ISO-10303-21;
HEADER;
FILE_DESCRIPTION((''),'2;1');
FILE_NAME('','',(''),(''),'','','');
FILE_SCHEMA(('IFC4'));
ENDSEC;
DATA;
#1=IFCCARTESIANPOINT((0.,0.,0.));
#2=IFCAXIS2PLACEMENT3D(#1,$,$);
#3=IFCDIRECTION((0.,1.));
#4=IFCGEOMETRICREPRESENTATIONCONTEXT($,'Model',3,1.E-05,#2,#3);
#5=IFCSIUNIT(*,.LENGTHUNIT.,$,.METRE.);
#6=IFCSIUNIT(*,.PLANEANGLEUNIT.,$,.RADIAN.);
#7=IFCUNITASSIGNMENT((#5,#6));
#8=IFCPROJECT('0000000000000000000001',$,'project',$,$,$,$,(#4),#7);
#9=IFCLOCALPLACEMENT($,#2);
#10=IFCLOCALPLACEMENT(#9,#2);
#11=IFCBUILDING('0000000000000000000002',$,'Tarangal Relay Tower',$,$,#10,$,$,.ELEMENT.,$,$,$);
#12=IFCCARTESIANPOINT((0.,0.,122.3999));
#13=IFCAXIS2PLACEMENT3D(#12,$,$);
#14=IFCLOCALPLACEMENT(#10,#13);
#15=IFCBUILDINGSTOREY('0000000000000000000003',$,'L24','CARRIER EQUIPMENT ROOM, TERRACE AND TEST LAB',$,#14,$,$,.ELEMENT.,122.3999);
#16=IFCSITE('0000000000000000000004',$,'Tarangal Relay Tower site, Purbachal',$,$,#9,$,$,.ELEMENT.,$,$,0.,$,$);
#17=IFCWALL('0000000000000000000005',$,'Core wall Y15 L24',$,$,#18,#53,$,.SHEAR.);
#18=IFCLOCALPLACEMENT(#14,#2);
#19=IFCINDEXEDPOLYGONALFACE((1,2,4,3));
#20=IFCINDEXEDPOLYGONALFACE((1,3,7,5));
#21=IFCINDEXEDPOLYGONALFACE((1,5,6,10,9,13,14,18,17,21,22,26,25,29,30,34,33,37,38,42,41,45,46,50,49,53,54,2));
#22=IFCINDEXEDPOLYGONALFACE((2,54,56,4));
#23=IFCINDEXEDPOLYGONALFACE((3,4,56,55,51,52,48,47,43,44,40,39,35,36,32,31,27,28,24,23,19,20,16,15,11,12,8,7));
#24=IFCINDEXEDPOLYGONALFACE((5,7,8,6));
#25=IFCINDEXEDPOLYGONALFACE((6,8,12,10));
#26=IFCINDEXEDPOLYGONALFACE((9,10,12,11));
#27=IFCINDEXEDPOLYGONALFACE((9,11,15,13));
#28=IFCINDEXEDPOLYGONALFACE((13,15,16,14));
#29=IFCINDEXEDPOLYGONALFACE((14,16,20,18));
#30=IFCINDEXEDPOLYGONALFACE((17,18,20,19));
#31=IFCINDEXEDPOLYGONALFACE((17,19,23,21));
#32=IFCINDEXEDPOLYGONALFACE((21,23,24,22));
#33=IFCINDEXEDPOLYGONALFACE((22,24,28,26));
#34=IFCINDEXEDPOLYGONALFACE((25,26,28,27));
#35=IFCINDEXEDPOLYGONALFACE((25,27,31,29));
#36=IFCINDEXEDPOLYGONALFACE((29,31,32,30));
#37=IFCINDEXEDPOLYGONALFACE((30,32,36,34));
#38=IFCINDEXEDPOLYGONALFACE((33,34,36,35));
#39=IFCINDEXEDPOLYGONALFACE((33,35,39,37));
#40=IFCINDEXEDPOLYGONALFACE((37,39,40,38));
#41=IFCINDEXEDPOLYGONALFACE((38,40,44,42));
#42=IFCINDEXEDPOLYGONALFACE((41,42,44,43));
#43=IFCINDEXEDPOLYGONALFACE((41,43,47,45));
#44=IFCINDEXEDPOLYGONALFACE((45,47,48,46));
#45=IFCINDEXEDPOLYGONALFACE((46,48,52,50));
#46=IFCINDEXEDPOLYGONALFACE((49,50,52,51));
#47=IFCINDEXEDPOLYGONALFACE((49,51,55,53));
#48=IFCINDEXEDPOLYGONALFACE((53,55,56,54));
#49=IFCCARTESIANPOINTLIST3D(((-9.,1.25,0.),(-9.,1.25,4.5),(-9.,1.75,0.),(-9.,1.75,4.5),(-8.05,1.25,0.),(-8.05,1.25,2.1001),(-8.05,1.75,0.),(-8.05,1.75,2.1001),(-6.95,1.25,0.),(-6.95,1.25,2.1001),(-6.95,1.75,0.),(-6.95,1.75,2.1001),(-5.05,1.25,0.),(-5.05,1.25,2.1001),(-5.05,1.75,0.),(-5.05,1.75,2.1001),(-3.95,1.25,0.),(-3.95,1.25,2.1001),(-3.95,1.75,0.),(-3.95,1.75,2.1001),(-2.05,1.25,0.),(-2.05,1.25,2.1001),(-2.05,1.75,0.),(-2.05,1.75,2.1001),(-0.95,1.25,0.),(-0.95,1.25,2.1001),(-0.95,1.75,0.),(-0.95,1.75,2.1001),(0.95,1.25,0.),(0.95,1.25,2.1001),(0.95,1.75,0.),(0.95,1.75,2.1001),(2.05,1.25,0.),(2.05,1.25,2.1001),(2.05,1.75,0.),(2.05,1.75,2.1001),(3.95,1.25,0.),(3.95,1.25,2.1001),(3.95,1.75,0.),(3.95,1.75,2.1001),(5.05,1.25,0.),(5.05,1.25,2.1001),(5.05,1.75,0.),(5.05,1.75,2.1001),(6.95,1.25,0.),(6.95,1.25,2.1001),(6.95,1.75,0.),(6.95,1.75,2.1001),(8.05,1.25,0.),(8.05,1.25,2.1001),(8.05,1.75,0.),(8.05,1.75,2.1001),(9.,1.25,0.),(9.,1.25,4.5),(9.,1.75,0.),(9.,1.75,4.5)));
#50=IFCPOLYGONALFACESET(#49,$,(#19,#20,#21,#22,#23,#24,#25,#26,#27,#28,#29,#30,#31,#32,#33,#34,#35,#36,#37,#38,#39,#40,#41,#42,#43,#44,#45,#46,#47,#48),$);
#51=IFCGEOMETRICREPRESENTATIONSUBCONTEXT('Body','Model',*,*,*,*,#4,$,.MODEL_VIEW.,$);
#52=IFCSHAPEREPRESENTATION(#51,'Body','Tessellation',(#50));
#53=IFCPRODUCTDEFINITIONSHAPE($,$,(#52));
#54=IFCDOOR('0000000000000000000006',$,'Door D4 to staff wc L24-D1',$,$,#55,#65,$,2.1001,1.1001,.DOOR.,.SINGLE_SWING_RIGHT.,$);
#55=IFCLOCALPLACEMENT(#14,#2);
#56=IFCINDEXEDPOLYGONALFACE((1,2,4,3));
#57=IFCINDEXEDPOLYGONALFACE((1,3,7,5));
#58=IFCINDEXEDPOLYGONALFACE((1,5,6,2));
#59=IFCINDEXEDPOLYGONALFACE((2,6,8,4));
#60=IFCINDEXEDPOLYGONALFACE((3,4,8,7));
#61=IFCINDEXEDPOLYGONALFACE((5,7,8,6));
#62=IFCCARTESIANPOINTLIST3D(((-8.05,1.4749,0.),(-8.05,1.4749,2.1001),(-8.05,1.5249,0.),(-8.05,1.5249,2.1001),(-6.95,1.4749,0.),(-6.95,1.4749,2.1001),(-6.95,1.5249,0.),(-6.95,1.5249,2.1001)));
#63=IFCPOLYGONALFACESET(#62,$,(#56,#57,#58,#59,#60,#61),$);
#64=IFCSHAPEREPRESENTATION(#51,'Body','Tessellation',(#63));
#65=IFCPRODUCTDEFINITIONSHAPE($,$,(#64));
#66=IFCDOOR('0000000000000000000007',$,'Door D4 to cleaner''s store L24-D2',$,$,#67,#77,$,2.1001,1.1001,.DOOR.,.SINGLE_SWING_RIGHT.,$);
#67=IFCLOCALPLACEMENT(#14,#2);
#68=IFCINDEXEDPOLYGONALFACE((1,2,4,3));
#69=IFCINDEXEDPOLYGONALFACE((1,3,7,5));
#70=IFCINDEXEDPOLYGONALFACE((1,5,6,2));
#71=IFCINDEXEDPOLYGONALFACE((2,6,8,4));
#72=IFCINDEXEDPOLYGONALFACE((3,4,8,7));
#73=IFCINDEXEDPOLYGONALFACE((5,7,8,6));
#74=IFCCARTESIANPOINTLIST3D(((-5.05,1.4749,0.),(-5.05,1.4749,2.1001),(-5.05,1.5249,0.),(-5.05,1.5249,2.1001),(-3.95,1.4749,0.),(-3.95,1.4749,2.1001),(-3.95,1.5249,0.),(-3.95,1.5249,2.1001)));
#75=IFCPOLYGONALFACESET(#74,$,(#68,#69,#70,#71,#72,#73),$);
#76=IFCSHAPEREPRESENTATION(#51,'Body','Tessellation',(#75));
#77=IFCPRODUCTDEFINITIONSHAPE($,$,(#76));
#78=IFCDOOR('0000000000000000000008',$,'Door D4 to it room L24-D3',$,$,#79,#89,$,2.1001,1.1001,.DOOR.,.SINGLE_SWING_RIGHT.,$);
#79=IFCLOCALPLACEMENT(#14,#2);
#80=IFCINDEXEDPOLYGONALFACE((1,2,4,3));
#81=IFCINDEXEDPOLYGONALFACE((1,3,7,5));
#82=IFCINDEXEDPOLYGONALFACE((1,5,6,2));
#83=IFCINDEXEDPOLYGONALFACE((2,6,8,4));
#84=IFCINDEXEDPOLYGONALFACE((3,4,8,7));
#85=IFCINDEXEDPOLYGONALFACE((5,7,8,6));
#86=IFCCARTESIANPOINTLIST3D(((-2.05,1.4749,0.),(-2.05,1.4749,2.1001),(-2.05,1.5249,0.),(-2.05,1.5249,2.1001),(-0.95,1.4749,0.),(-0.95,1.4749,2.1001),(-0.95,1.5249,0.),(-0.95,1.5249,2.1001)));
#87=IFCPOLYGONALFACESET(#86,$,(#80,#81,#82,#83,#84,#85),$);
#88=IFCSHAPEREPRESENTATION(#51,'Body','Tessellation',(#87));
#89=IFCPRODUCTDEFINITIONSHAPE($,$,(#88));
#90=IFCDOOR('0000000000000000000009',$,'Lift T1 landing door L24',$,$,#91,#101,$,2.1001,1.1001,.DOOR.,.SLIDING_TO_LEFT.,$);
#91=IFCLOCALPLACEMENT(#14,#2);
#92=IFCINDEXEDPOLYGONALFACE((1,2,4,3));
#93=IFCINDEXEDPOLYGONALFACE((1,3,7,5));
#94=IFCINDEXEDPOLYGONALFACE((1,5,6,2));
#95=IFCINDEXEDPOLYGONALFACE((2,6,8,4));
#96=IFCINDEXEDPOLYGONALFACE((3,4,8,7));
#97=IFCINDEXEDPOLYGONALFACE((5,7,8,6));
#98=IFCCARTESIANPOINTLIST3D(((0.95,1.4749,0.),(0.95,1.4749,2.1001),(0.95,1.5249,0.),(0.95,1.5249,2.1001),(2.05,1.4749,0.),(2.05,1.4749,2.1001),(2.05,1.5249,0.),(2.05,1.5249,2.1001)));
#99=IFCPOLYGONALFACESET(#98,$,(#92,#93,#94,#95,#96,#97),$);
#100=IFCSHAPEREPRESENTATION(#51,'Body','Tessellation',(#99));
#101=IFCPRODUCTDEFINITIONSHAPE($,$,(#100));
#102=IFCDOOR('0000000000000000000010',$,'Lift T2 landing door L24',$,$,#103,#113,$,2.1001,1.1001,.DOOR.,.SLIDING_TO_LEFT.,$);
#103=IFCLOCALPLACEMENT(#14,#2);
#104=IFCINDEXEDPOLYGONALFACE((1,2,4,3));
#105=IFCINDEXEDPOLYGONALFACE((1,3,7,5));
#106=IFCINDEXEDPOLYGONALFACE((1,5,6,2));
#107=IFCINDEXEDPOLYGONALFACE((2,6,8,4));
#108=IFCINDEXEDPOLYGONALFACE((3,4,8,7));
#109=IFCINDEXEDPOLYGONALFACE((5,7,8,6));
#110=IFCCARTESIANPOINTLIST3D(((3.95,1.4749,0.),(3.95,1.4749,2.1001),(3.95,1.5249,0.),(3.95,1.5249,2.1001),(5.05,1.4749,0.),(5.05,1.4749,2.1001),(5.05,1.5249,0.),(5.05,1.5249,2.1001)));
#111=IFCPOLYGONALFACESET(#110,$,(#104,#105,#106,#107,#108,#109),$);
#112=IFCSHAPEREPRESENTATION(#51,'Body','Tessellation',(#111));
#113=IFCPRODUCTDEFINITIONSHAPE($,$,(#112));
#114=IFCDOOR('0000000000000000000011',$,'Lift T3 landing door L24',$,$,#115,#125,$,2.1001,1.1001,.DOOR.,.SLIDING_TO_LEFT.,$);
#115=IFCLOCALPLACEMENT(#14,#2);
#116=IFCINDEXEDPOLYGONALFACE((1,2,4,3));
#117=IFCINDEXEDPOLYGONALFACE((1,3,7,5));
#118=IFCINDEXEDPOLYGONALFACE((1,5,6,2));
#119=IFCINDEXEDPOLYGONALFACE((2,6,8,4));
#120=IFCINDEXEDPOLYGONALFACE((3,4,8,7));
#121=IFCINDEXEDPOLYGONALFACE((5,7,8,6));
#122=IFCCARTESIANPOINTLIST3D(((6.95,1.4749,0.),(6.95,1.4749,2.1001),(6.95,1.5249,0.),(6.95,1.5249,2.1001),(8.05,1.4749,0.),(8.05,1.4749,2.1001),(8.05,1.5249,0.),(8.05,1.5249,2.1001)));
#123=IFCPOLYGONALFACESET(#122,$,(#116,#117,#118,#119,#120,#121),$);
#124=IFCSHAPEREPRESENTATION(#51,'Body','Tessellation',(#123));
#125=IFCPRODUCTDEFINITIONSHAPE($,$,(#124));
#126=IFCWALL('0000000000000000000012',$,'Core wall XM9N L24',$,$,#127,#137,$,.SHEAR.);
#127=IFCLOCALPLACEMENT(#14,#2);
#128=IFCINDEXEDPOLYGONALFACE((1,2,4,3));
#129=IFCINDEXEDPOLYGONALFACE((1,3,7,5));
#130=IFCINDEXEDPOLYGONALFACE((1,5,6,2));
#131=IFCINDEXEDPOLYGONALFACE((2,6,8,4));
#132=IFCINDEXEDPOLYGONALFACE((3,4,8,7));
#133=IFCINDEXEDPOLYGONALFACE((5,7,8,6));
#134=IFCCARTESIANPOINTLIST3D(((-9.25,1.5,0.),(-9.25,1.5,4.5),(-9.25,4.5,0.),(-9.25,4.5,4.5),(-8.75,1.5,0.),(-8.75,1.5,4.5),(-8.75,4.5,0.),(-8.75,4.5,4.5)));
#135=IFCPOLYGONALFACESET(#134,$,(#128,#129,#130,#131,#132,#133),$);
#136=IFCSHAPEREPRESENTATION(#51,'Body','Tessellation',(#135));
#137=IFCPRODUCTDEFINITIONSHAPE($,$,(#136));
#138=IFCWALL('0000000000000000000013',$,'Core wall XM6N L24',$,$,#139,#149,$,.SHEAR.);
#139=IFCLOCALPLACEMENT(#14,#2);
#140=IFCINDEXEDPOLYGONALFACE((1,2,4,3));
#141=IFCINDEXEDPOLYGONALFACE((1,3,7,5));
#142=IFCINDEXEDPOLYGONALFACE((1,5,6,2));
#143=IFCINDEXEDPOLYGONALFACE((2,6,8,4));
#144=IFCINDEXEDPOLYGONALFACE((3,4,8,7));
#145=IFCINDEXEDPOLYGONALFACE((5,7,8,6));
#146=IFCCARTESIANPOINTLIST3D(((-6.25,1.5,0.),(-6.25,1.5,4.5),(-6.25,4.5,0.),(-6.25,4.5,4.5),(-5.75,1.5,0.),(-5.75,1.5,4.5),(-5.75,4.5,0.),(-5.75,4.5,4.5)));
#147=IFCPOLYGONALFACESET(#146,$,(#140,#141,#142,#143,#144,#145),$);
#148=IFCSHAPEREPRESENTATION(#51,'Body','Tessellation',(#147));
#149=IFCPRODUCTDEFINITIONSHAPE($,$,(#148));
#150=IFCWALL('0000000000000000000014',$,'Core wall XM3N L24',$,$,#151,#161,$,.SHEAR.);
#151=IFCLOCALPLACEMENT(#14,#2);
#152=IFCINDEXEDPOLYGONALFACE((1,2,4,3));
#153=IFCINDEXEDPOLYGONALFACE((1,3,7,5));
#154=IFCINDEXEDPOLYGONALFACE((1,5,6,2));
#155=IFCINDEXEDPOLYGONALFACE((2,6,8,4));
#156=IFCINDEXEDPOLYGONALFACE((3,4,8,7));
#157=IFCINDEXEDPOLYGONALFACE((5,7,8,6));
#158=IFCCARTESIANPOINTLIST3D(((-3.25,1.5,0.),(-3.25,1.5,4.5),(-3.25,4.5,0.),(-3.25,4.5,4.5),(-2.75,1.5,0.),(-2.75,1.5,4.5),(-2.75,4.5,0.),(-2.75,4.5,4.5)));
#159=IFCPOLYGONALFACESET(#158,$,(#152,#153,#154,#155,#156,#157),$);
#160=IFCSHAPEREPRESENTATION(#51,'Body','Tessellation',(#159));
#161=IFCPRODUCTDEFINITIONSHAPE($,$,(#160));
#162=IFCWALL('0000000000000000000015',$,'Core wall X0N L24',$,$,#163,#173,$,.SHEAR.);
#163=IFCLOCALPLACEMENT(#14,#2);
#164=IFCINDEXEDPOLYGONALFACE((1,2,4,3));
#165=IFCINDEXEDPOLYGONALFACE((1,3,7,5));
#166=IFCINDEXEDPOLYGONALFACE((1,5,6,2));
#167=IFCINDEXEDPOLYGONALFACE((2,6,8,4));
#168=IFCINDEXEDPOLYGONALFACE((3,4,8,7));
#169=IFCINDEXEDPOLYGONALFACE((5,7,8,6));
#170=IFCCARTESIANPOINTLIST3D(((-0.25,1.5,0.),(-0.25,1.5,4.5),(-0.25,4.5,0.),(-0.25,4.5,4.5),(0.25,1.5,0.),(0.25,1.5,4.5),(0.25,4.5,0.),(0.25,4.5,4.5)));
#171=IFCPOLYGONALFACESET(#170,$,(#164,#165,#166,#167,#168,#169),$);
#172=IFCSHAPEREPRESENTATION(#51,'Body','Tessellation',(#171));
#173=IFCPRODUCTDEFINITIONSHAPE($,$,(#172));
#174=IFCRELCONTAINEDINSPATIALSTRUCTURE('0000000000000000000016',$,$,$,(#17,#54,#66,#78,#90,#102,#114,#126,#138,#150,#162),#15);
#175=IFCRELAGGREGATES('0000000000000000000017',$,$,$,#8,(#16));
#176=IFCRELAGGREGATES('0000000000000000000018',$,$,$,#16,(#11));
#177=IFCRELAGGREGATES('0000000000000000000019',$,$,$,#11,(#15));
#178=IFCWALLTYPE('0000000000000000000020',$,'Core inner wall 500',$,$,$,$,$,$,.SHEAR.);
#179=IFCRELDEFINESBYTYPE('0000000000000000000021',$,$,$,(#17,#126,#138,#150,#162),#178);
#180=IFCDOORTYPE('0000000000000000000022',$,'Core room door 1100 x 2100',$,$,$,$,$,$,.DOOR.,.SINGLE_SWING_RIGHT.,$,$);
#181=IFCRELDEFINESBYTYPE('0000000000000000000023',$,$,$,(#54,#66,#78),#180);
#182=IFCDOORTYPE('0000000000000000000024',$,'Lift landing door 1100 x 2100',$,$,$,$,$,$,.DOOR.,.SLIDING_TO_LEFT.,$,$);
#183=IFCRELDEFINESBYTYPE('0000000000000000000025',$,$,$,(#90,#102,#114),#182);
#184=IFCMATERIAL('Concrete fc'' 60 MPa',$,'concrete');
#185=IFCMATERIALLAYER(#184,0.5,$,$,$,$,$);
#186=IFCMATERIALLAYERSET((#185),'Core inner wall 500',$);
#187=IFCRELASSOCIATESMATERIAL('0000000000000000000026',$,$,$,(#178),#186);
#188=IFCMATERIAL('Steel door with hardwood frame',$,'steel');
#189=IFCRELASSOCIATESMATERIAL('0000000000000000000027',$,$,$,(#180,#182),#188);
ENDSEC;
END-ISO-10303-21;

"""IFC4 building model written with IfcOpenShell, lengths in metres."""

from ifc_helpers import new_model, si_unit, direction, frame, frame_2d, origin, place, context, subcontext, project, spatial, rectangle, extrude, material, layer, layer_set, type_object, element, fill, save


model = new_model("IFC4")

# Units and contexts
model_context = context("Model", 3, precision=1e-05, world=origin(), true_north=direction((0.0, 1.0)))
body_context = subcontext(model_context, "Body", "Model", "MODEL_VIEW")
ifc_project = project(units=[si_unit("LENGTHUNIT", "METRE"), si_unit("PLANEANGLEUNIT", "RADIAN")], contexts=[model_context])

# Site, building, storey
site_placement = place(None, origin())
site = spatial("IfcSite", under=ifc_project, at=site_placement, Name="Tarangal Relay Tower site, Purbachal", CompositionType="ELEMENT", RefElevation=0.0)
building_placement = place(site_placement, origin())
building = spatial("IfcBuilding", under=site, at=building_placement, Name="Tarangal Relay Tower", CompositionType="ELEMENT")
storey_placement = place(building_placement, frame((0.0, 0.0, 122.3999)))
storey = spatial("IfcBuildingStorey", under=building, at=storey_placement, Name="L24", Description="CARRIER EQUIPMENT ROOM, TERRACE AND TEST LAB", CompositionType="ELEMENT", Elevation=122.3999)

# Wall, openings, doors
ifc_material_1 = material(Name="Concrete fc' 60 MPa", Category="concrete")
ifc_layer_1 = layer(ifc_material_1, 0.5)
ifc_layer_set_1 = layer_set([ifc_layer_1], Name="Core inner wall 500")
wall_type = type_object("IfcWallType", Name="Core inner wall 500", PredefinedType="SHEAR", material=ifc_layer_set_1)
wall_1_placement = place(storey_placement, frame((-9.0, 1.5, 0.0), z_axis=(0.0, 0.0, 1.0), x_axis=(1.0, 0.0, 0.0)))
wall_1 = element("IfcWall", 1, at=wall_1_placement, inside=storey, type_object=wall_type, Name="Core wall Y15 L24", PredefinedType="SHEAR", context=body_context, shape_type="SweptSolid", body=[
    extrude(rectangle(XDim=18.0, YDim=0.5, at=frame_2d((9.0, 0.0))), origin(), (0.0, 0.0, 1.0), 4.5),
])
opening_1_placement = place(wall_1_placement, frame((9.95, 0.0, 0.0)))
opening_1 = element("IfcOpeningElement", 2, at=opening_1_placement, cuts=wall_1, PredefinedType="OPENING", context=body_context, shape_type="SweptSolid", body=[
    extrude(rectangle(XDim=1.1001, YDim=2.1001, at=frame_2d((0.55, 1.05))), frame((0.0, 0.26, 0.0), z_axis=(0.0, -1.0, 0.0), x_axis=(1.0, 0.0, 0.0)), (0.0, 0.0, 1.0), 0.52),
])
opening_2_placement = place(wall_1_placement, frame((12.95, 0.0, 0.0)))
opening_2 = element("IfcOpeningElement", 3, at=opening_2_placement, cuts=wall_1, PredefinedType="OPENING", context=body_context, shape_type="SweptSolid", body=[
    extrude(rectangle(XDim=1.1001, YDim=2.1001, at=frame_2d((0.55, 1.05))), frame((0.0, 0.26, 0.0), z_axis=(0.0, -1.0, 0.0), x_axis=(1.0, 0.0, 0.0)), (0.0, 0.0, 1.0), 0.52),
])
opening_3_placement = place(wall_1_placement, frame((15.95, 0.0, 0.0)))
opening_3 = element("IfcOpeningElement", 4, at=opening_3_placement, cuts=wall_1, PredefinedType="OPENING", context=body_context, shape_type="SweptSolid", body=[
    extrude(rectangle(XDim=1.1001, YDim=2.1001, at=frame_2d((0.55, 1.05))), frame((0.0, 0.26, 0.0), z_axis=(0.0, -1.0, 0.0), x_axis=(1.0, 0.0, 0.0)), (0.0, 0.0, 1.0), 0.52),
])
opening_4_placement = place(wall_1_placement, frame((0.95, 0.0, 0.0)))
opening_4 = element("IfcOpeningElement", 5, at=opening_4_placement, cuts=wall_1, PredefinedType="OPENING", context=body_context, shape_type="SweptSolid", body=[
    extrude(rectangle(XDim=1.1001, YDim=2.1001, at=frame_2d((0.55, 1.05))), frame((0.0, 0.26, 0.0), z_axis=(0.0, -1.0, 0.0), x_axis=(1.0, 0.0, 0.0)), (0.0, 0.0, 1.0), 0.52),
])
opening_5_placement = place(wall_1_placement, frame((3.95, 0.0, 0.0)))
opening_5 = element("IfcOpeningElement", 6, at=opening_5_placement, cuts=wall_1, PredefinedType="OPENING", context=body_context, shape_type="SweptSolid", body=[
    extrude(rectangle(XDim=1.1001, YDim=2.1001, at=frame_2d((0.55, 1.05))), frame((0.0, 0.26, 0.0), z_axis=(0.0, -1.0, 0.0), x_axis=(1.0, 0.0, 0.0)), (0.0, 0.0, 1.0), 0.52),
])
opening_6_placement = place(wall_1_placement, frame((6.95, 0.0, 0.0)))
opening_6 = element("IfcOpeningElement", 7, at=opening_6_placement, cuts=wall_1, PredefinedType="OPENING", context=body_context, shape_type="SweptSolid", body=[
    extrude(rectangle(XDim=1.1001, YDim=2.1001, at=frame_2d((0.55, 1.05))), frame((0.0, 0.26, 0.0), z_axis=(0.0, -1.0, 0.0), x_axis=(1.0, 0.0, 0.0)), (0.0, 0.0, 1.0), 0.52),
])
ifc_material_2 = material(Name="Steel door with hardwood frame", Category="steel")
door_type_1 = type_object("IfcDoorType", Name="Core room door 1100 x 2100", OperationType="SINGLE_SWING_RIGHT", PredefinedType="DOOR", material=ifc_material_2)
door_1_placement = place(opening_4_placement, origin())
door_1 = element("IfcDoor", 8, at=door_1_placement, inside=storey, type_object=door_type_1, Name="Door D4 to staff wc L24-D1", OperationType="SINGLE_SWING_RIGHT", OverallHeight=2.1001, OverallWidth=1.1001, PredefinedType="DOOR", context=body_context, shape_type="SweptSolid", body=[
    extrude(rectangle(XDim=1.1001, YDim=2.1001, at=frame_2d((0.55, 1.05))), frame((0.0, 0.0249, 0.0), z_axis=(0.0, -1.0, 0.0), x_axis=(1.0, 0.0, 0.0)), (0.0, 0.0, 1.0), 0.05),
])
fill(opening_4, door_1)
door_2_placement = place(opening_5_placement, origin())
door_2 = element("IfcDoor", 9, at=door_2_placement, inside=storey, type_object=door_type_1, Name="Door D4 to cleaner's store L24-D2", OperationType="SINGLE_SWING_RIGHT", OverallHeight=2.1001, OverallWidth=1.1001, PredefinedType="DOOR", context=body_context, shape_type="SweptSolid", body=[
    extrude(rectangle(XDim=1.1001, YDim=2.1001, at=frame_2d((0.55, 1.05))), frame((0.0, 0.0249, 0.0), z_axis=(0.0, -1.0, 0.0), x_axis=(1.0, 0.0, 0.0)), (0.0, 0.0, 1.0), 0.05),
])
fill(opening_5, door_2)
door_3_placement = place(opening_6_placement, origin())
door_3 = element("IfcDoor", 10, at=door_3_placement, inside=storey, type_object=door_type_1, Name="Door D4 to it room L24-D3", OperationType="SINGLE_SWING_RIGHT", OverallHeight=2.1001, OverallWidth=1.1001, PredefinedType="DOOR", context=body_context, shape_type="SweptSolid", body=[
    extrude(rectangle(XDim=1.1001, YDim=2.1001, at=frame_2d((0.55, 1.05))), frame((0.0, 0.0249, 0.0), z_axis=(0.0, -1.0, 0.0), x_axis=(1.0, 0.0, 0.0)), (0.0, 0.0, 1.0), 0.05),
])
fill(opening_6, door_3)
door_type_2 = type_object("IfcDoorType", Name="Lift landing door 1100 x 2100", OperationType="SLIDING_TO_LEFT", PredefinedType="DOOR", material=ifc_material_2)
door_4_placement = place(opening_1_placement, origin())
door_4 = element("IfcDoor", 11, at=door_4_placement, inside=storey, type_object=door_type_2, Name="Lift T1 landing door L24", OperationType="SLIDING_TO_LEFT", OverallHeight=2.1001, OverallWidth=1.1001, PredefinedType="DOOR", context=body_context, shape_type="SweptSolid", body=[
    extrude(rectangle(XDim=1.1001, YDim=2.1001, at=frame_2d((0.55, 1.05))), frame((0.0, 0.0249, 0.0), z_axis=(0.0, -1.0, 0.0), x_axis=(1.0, 0.0, 0.0)), (0.0, 0.0, 1.0), 0.05),
])
fill(opening_1, door_4)
door_5_placement = place(opening_2_placement, origin())
door_5 = element("IfcDoor", 12, at=door_5_placement, inside=storey, type_object=door_type_2, Name="Lift T2 landing door L24", OperationType="SLIDING_TO_LEFT", OverallHeight=2.1001, OverallWidth=1.1001, PredefinedType="DOOR", context=body_context, shape_type="SweptSolid", body=[
    extrude(rectangle(XDim=1.1001, YDim=2.1001, at=frame_2d((0.55, 1.05))), frame((0.0, 0.0249, 0.0), z_axis=(0.0, -1.0, 0.0), x_axis=(1.0, 0.0, 0.0)), (0.0, 0.0, 1.0), 0.05),
])
fill(opening_2, door_5)
door_6_placement = place(opening_3_placement, origin())
door_6 = element("IfcDoor", 13, at=door_6_placement, inside=storey, type_object=door_type_2, Name="Lift T3 landing door L24", OperationType="SLIDING_TO_LEFT", OverallHeight=2.1001, OverallWidth=1.1001, PredefinedType="DOOR", context=body_context, shape_type="SweptSolid", body=[
    extrude(rectangle(XDim=1.1001, YDim=2.1001, at=frame_2d((0.55, 1.05))), frame((0.0, 0.0249, 0.0), z_axis=(0.0, -1.0, 0.0), x_axis=(1.0, 0.0, 0.0)), (0.0, 0.0, 1.0), 0.05),
])
fill(opening_3, door_6)

# Walls
for number, where, z_axis, x_axis, name in (
    (14, (-9.0, 1.5, 0.0), (0.0, 0.0, 1.0), (0.0, 1.0, 0.0), "Core wall XM9N L24"),
    (15, (-6.0, 1.5, 0.0), (0.0, 0.0, 1.0), (0.0, 1.0, 0.0), "Core wall XM6N L24"),
    (16, (-3.0, 1.5, 0.0), (0.0, 0.0, 1.0), (0.0, 1.0, 0.0), "Core wall XM3N L24"),
    (17, (0.0, 1.5, 0.0), (0.0, 0.0, 1.0), (0.0, 1.0, 0.0), "Core wall X0N L24"),
):
    element("IfcWall", number, at=place(storey_placement, frame(where, z_axis=z_axis, x_axis=x_axis)), inside=storey, type_object=wall_type, Name=name, PredefinedType="SHEAR", context=body_context, shape_type="SweptSolid", body=[
        extrude(rectangle(XDim=3.0, YDim=0.5, at=frame_2d((1.5, 0.0))), origin(), (0.0, 0.0, 1.0), 4.5),
    ])

save(model, "model.ifc")
